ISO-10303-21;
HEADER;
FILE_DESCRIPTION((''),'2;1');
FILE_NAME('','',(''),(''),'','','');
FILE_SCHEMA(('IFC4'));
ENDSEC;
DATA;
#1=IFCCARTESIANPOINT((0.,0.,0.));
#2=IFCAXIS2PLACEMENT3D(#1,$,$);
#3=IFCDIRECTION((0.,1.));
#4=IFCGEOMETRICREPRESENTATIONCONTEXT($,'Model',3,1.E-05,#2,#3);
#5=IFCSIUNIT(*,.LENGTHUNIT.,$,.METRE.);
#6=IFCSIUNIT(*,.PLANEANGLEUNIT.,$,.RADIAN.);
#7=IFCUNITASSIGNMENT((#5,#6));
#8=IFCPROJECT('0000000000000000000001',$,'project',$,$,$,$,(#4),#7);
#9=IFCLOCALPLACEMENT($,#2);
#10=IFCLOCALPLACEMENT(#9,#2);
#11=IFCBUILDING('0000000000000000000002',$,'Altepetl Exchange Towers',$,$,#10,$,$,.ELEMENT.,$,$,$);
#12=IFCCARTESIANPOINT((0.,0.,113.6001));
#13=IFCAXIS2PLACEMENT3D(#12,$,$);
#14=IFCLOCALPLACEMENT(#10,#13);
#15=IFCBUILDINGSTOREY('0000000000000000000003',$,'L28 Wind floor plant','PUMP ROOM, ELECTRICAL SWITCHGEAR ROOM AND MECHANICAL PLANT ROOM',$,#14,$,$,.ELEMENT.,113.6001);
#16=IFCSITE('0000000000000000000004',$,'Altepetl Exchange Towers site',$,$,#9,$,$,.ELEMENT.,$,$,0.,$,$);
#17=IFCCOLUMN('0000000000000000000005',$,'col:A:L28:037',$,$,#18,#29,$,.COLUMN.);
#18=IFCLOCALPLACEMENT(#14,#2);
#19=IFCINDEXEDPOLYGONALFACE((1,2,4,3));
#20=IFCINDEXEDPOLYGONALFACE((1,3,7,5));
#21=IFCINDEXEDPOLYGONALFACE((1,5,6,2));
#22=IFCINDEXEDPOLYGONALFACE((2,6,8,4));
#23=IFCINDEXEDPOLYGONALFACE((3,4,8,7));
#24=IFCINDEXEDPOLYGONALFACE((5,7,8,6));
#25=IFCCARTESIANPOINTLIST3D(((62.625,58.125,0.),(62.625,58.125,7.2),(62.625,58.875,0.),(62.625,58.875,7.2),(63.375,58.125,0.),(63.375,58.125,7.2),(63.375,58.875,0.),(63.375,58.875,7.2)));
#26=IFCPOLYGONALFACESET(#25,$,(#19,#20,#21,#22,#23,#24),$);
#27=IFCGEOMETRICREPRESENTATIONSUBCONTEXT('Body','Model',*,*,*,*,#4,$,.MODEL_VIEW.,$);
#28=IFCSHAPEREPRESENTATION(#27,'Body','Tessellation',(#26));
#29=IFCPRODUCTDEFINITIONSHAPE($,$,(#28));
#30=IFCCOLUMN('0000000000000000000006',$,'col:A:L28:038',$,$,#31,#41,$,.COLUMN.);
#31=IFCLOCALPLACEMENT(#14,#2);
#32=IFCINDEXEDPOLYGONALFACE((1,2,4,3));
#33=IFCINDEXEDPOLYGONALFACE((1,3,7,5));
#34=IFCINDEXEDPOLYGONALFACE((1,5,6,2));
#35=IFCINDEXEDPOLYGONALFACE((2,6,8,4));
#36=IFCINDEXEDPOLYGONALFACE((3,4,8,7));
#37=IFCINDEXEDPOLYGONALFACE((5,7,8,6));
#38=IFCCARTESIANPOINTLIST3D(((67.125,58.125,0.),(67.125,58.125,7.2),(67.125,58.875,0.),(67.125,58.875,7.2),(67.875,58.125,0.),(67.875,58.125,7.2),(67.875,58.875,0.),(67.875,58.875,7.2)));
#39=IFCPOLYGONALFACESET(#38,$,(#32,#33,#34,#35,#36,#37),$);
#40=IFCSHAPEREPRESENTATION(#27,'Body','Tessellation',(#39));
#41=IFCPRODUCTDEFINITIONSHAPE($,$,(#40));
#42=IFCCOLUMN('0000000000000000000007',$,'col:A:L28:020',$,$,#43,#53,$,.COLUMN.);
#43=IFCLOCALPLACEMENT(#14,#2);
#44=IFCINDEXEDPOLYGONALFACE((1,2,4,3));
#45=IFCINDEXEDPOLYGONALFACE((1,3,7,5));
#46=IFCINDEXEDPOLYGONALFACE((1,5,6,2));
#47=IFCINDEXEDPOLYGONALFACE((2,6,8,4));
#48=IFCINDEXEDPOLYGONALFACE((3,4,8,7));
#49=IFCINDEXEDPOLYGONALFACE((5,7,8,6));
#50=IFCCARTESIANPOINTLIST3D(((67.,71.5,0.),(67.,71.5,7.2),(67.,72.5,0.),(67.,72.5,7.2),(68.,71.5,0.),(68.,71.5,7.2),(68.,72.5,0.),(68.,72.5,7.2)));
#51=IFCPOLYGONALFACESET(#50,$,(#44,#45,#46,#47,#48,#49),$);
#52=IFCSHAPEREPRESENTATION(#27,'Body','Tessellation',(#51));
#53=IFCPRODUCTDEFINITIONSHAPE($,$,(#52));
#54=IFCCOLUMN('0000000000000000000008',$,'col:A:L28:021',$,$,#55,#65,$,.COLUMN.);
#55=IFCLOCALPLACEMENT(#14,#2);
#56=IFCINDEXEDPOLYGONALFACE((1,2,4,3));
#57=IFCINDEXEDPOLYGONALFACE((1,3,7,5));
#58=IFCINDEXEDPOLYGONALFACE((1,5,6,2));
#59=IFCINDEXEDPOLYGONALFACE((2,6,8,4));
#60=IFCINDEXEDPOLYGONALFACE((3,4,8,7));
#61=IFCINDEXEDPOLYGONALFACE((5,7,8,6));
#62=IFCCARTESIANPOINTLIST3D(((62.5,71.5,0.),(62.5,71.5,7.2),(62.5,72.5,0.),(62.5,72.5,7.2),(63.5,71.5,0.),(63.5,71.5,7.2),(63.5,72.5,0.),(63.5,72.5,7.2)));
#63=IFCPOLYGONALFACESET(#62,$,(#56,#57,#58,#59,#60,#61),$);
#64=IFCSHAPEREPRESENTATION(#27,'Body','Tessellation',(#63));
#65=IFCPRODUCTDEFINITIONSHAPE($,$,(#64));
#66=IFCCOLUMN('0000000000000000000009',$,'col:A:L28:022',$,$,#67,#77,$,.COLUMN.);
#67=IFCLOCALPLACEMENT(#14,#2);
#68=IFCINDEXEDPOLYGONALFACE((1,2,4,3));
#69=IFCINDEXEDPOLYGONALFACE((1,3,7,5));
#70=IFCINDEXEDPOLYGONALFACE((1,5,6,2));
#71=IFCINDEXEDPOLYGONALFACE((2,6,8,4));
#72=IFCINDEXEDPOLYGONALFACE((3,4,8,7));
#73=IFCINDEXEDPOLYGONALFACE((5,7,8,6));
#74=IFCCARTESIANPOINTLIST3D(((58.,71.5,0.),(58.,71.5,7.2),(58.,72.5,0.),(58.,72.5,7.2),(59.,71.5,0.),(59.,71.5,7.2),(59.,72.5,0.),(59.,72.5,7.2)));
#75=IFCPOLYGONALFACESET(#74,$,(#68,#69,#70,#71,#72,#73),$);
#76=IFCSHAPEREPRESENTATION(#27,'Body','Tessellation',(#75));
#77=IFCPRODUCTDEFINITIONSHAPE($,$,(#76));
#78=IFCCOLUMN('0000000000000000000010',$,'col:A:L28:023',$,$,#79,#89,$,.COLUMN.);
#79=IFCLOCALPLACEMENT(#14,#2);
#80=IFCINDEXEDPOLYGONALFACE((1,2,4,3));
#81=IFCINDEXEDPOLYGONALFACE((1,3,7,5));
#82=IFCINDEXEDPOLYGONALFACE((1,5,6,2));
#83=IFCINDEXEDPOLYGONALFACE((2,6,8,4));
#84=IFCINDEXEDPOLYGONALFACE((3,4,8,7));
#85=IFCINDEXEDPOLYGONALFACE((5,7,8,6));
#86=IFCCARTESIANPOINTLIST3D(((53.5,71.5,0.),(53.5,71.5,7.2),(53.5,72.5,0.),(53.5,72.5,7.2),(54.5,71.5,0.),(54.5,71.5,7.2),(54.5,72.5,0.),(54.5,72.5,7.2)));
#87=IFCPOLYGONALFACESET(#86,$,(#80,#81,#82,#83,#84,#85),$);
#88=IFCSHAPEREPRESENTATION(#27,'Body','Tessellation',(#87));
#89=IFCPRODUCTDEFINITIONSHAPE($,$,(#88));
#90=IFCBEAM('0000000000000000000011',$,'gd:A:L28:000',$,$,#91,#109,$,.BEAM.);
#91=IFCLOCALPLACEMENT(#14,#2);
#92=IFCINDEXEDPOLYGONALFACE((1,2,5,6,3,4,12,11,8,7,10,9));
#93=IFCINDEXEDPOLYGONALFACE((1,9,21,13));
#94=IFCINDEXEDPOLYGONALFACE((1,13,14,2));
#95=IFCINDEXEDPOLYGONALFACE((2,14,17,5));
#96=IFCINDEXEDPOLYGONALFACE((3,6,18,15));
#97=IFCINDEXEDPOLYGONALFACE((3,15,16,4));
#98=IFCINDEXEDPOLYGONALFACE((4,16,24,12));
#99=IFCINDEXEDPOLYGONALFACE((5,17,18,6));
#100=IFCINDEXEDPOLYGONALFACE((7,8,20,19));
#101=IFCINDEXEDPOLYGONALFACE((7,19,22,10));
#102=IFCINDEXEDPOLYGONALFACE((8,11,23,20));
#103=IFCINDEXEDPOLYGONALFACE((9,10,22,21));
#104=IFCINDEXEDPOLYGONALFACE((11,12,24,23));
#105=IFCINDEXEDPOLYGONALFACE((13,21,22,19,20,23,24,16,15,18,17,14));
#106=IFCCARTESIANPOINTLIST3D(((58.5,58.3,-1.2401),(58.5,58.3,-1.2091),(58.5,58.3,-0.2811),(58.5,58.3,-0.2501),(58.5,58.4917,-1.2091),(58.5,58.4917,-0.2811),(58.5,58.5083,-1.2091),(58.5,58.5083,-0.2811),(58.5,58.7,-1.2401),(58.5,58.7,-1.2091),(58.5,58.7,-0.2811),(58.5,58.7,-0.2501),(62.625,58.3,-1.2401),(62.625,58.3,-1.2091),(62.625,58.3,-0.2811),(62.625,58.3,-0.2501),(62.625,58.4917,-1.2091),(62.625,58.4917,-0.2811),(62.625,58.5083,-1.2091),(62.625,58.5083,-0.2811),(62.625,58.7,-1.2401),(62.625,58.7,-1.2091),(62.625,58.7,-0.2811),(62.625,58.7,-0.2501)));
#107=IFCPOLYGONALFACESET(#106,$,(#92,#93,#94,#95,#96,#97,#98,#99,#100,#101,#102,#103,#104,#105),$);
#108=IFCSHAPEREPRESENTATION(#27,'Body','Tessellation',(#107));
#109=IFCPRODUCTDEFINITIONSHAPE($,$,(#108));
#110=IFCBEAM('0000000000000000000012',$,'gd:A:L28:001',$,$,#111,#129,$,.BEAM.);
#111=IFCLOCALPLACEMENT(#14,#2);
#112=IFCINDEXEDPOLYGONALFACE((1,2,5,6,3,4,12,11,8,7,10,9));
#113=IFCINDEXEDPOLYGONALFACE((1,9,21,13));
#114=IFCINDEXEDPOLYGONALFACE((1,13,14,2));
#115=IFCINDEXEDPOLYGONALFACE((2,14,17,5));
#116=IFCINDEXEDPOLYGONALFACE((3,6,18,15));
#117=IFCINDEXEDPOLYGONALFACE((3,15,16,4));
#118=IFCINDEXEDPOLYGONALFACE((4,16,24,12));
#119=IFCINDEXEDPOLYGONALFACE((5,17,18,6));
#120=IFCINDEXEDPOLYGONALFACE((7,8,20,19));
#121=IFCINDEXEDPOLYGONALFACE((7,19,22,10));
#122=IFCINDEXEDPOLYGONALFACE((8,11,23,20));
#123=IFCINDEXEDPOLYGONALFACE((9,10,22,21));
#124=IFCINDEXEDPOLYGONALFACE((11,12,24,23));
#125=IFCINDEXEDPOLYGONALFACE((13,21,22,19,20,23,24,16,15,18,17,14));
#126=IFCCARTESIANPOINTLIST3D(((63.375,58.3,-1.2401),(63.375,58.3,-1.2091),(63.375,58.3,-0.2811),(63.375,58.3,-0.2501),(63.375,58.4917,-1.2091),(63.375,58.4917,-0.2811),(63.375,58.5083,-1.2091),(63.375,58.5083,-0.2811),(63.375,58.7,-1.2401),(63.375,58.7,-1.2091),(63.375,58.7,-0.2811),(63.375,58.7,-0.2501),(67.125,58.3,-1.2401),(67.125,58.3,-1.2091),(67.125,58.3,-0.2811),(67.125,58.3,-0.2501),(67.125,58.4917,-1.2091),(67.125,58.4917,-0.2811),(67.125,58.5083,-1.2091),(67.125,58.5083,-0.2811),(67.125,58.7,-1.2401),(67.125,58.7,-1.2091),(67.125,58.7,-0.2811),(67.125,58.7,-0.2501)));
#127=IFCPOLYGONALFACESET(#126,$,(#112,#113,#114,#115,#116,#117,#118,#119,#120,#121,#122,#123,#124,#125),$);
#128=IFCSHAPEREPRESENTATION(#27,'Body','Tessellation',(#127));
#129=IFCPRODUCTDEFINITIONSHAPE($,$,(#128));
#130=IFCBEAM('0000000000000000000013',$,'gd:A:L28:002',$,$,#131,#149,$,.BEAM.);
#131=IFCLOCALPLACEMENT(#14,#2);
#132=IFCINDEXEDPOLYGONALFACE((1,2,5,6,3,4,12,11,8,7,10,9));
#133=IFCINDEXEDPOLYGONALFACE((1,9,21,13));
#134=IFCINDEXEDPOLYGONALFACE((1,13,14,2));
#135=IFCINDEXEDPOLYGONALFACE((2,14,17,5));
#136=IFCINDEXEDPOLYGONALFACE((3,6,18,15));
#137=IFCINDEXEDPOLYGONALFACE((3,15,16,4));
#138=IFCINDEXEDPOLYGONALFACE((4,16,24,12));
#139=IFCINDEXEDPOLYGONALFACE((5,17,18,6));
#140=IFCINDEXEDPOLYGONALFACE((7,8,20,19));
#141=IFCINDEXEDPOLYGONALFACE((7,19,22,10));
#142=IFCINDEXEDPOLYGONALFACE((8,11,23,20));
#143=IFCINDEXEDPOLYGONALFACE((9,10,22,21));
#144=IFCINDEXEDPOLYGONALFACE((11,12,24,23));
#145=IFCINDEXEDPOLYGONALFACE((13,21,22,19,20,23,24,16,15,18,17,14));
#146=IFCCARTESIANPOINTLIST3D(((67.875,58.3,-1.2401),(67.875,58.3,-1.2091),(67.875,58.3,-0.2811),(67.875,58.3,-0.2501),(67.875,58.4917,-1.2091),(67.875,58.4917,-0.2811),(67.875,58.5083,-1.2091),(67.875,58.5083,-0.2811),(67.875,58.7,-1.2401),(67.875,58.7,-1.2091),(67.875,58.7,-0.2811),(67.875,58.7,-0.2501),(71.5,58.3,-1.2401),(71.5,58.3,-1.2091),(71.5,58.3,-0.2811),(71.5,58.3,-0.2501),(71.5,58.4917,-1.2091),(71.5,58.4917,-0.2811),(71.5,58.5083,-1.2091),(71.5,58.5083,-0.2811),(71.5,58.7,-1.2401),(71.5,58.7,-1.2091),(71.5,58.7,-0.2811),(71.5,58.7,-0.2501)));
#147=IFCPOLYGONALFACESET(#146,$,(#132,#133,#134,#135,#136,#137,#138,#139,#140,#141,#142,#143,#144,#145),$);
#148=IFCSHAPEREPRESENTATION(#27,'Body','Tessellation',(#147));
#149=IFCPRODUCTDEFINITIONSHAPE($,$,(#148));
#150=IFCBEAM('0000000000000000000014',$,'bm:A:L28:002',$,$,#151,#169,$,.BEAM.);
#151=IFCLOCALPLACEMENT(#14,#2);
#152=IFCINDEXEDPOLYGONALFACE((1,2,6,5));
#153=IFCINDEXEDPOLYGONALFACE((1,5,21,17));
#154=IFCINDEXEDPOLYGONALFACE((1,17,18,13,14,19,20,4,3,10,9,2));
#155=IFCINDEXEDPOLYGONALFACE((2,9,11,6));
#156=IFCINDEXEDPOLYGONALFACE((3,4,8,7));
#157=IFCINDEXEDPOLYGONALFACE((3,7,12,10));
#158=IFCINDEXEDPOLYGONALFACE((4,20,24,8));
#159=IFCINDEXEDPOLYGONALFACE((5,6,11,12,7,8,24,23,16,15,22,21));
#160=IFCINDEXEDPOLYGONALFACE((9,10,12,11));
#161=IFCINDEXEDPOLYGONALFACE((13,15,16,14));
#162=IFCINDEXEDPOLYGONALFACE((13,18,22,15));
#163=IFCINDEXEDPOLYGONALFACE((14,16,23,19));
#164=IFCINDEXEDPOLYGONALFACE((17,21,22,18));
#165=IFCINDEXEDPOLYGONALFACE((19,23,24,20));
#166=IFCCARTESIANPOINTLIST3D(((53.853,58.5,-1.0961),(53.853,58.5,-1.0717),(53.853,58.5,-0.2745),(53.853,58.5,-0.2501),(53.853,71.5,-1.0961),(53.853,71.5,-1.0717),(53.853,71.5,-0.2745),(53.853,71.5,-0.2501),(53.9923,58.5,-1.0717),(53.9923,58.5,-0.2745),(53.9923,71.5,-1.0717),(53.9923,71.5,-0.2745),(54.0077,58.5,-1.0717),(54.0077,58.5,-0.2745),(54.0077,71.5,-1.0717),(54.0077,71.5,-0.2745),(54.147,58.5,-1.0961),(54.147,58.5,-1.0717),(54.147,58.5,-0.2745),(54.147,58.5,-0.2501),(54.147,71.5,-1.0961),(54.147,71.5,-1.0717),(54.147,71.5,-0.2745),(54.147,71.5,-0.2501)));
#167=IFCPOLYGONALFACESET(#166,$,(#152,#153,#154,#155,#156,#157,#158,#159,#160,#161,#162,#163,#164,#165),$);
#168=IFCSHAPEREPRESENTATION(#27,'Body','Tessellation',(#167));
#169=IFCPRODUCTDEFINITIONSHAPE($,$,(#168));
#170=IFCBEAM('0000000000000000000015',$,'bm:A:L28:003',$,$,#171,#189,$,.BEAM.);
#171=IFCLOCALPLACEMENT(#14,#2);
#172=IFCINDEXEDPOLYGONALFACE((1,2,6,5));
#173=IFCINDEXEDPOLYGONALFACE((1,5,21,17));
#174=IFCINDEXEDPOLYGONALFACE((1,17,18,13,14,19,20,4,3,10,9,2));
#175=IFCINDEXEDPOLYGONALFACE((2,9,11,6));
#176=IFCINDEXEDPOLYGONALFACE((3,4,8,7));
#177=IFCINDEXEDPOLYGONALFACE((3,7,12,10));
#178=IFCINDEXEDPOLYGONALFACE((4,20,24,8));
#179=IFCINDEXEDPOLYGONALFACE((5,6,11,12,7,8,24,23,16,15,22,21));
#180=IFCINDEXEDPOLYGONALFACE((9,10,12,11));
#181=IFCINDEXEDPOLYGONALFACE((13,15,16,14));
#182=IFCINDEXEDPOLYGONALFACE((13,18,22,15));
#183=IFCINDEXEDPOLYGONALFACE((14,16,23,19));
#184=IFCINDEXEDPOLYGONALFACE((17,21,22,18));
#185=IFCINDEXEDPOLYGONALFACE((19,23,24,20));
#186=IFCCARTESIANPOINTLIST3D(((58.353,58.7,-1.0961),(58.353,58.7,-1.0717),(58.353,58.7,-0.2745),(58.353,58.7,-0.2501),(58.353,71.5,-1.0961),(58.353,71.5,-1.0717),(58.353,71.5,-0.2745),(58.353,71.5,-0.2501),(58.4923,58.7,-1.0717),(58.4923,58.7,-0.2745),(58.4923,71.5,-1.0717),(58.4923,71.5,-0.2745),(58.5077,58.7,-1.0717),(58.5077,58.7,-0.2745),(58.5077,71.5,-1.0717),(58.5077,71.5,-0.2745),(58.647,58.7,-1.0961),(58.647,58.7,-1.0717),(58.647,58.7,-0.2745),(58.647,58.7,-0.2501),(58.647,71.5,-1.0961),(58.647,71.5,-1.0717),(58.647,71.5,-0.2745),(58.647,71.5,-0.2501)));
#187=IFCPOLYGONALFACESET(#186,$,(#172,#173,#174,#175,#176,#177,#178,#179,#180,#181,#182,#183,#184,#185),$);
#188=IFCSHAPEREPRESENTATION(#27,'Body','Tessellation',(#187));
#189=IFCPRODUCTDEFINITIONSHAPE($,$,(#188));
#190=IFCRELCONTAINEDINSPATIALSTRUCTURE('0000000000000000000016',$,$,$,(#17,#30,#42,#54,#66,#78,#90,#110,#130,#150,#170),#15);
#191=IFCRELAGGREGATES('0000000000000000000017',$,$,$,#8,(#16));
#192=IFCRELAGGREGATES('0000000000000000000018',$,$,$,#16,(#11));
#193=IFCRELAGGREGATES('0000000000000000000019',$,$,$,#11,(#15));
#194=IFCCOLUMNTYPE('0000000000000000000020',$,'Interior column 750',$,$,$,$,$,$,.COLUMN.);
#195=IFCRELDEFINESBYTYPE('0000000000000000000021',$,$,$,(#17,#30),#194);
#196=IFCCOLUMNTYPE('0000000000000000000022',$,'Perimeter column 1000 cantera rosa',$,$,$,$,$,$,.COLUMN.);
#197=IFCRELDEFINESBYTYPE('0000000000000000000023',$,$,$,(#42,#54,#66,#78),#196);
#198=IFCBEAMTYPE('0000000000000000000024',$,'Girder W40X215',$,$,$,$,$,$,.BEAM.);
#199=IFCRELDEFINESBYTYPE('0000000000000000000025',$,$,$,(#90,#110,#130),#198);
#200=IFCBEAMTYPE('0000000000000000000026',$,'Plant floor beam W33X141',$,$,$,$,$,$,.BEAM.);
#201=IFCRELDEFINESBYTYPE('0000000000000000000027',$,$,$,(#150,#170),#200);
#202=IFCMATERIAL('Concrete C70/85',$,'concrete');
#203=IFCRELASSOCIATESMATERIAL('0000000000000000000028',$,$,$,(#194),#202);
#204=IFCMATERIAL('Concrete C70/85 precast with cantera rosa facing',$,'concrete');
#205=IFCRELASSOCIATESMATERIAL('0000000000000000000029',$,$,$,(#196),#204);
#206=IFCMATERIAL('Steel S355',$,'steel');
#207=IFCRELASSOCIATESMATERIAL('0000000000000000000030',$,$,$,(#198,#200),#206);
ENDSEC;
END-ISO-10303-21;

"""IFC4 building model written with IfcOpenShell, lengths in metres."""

from ifc_helpers import new_model, si_unit, direction, frame, origin, origin_2d, place, context, subcontext, project, spatial, rectangle, i_section, extrude, material, material_profile, profile_set, type_object, element, save


model = new_model("IFC4")

# Units and contexts
model_context = context("Model", 3, precision=1e-05, world=origin(), true_north=direction((0.0, 1.0)))
body_context = subcontext(model_context, "Body", "Model", "MODEL_VIEW")
ifc_project = project(units=[si_unit("LENGTHUNIT", "METRE"), si_unit("PLANEANGLEUNIT", "RADIAN")], contexts=[model_context])

# Site, building, storey
site_placement = place(None, origin())
site = spatial("IfcSite", under=ifc_project, at=site_placement, Name="Altepetl Exchange Towers site", CompositionType="ELEMENT", RefElevation=0.0)
building_placement = place(site_placement, origin())
building = spatial("IfcBuilding", under=site, at=building_placement, Name="Altepetl Exchange Towers", CompositionType="ELEMENT")
storey_placement = place(building_placement, frame((0.0, 0.0, 113.6001)))
storey = spatial("IfcBuildingStorey", under=building, at=storey_placement, Name="L28 Wind floor plant", Description="PUMP ROOM, ELECTRICAL SWITCHGEAR ROOM AND MECHANICAL PLANT ROOM", CompositionType="ELEMENT", Elevation=113.6001)

# Columns
ifc_material_1 = material(Name="Concrete C70/85", Category="concrete")
ifc_material_profile_1 = material_profile(ifc_material_1, rectangle(XDim=0.75, YDim=0.75, at=origin_2d()), Name="750 x 750")
ifc_profile_set_1 = profile_set([ifc_material_profile_1], Name="Concrete C70/85")
column_type_1 = type_object("IfcColumnType", Name="Interior column 750", PredefinedType="COLUMN", material=ifc_profile_set_1)
for number, where, name in (
    (1, (63.0, 58.5, 0.0), "col:A:L28:037"),
    (2, (67.5, 58.5, 0.0), "col:A:L28:038"),
):
    element("IfcColumn", number, at=place(storey_placement, frame(where)), inside=storey, type_object=column_type_1, Name=name, PredefinedType="COLUMN", context=body_context, shape_type="SweptSolid", body=[
        extrude(rectangle(XDim=0.75, YDim=0.75, at=origin_2d()), origin(), (0.0, 0.0, 1.0), 7.2),
    ])
ifc_material_2 = material(Name="Concrete C70/85 precast with cantera rosa facing", Category="concrete")
ifc_material_profile_2 = material_profile(ifc_material_2, rectangle(XDim=1.0, YDim=1.0, at=origin_2d()), Name="1000 x 1000")
ifc_profile_set_2 = profile_set([ifc_material_profile_2], Name="Concrete C70/85 precast with cantera rosa facing")
column_type_2 = type_object("IfcColumnType", Name="Perimeter column 1000 cantera rosa", PredefinedType="COLUMN", material=ifc_profile_set_2)
for number, where, name in (
    (3, (67.5, 72.0, 0.0), "col:A:L28:020"),
    (4, (63.0, 72.0, 0.0), "col:A:L28:021"),
    (5, (58.5, 72.0, 0.0), "col:A:L28:022"),
    (6, (54.0, 72.0, 0.0), "col:A:L28:023"),
):
    element("IfcColumn", number, at=place(storey_placement, frame(where)), inside=storey, type_object=column_type_2, Name=name, PredefinedType="COLUMN", context=body_context, shape_type="SweptSolid", body=[
        extrude(rectangle(XDim=1.0, YDim=1.0, at=origin_2d()), origin(), (0.0, 0.0, 1.0), 7.2),
    ])

# Beams
ifc_material_3 = material(Name="Steel S355", Category="steel")
ifc_material_profile_3 = material_profile(ifc_material_3, i_section(OverallWidth=0.3999, OverallDepth=0.99, WebThickness=0.0166, FlangeThickness=0.031, at=origin_2d()), Name="W40X215")
ifc_profile_set_3 = profile_set([ifc_material_profile_3], Name="Steel S355")
beam_type_1 = type_object("IfcBeamType", Name="Girder W40X215", PredefinedType="BEAM", material=ifc_profile_set_3)
beam_1_placement = place(storey_placement, frame((58.5, 58.5, -0.7451), z_axis=(1.0, 0.0, 0.0), x_axis=(0.0, 1.0, 0.0)))
element("IfcBeam", 7, at=beam_1_placement, inside=storey, type_object=beam_type_1, Name="gd:A:L28:000", PredefinedType="BEAM", context=body_context, shape_type="SweptSolid", body=[
    extrude(i_section(OverallWidth=0.3999, OverallDepth=0.99, WebThickness=0.0166, FlangeThickness=0.031, at=origin_2d()), origin(), (0.0, 0.0, 1.0), 4.125),
])
beam_2_placement = place(storey_placement, frame((63.375, 58.5, -0.7451), z_axis=(1.0, 0.0, 0.0), x_axis=(0.0, 1.0, 0.0)))
element("IfcBeam", 8, at=beam_2_placement, inside=storey, type_object=beam_type_1, Name="gd:A:L28:001", PredefinedType="BEAM", context=body_context, shape_type="SweptSolid", body=[
    extrude(i_section(OverallWidth=0.3999, OverallDepth=0.99, WebThickness=0.0166, FlangeThickness=0.031, at=origin_2d()), origin(), (0.0, 0.0, 1.0), 3.75),
])
beam_3_placement = place(storey_placement, frame((67.875, 58.5, -0.7451), z_axis=(1.0, 0.0, 0.0), x_axis=(0.0, 1.0, 0.0)))
element("IfcBeam", 9, at=beam_3_placement, inside=storey, type_object=beam_type_1, Name="gd:A:L28:002", PredefinedType="BEAM", context=body_context, shape_type="SweptSolid", body=[
    extrude(i_section(OverallWidth=0.3999, OverallDepth=0.99, WebThickness=0.0166, FlangeThickness=0.031, at=origin_2d()), origin(), (0.0, 0.0, 1.0), 3.625),
])
ifc_material_profile_4 = material_profile(ifc_material_3, i_section(OverallWidth=0.2939, OverallDepth=0.8459, WebThickness=0.0154, FlangeThickness=0.0244, at=origin_2d()), Name="W33X141")
ifc_profile_set_4 = profile_set([ifc_material_profile_4], Name="Steel S355")
beam_type_2 = type_object("IfcBeamType", Name="Plant floor beam W33X141", PredefinedType="BEAM", material=ifc_profile_set_4)
beam_4_placement = place(storey_placement, frame((54.0, 58.5, -0.6731), z_axis=(0.0, 1.0, 0.0), x_axis=(-1.0, 0.0, 0.0)))
element("IfcBeam", 10, at=beam_4_placement, inside=storey, type_object=beam_type_2, Name="bm:A:L28:002", PredefinedType="BEAM", context=body_context, shape_type="SweptSolid", body=[
    extrude(i_section(OverallWidth=0.2939, OverallDepth=0.8459, WebThickness=0.0154, FlangeThickness=0.0244, at=origin_2d()), origin(), (0.0, 0.0, 1.0), 13.0),
])
beam_5_placement = place(storey_placement, frame((58.5, 58.7, -0.6731), z_axis=(0.0, 1.0, 0.0), x_axis=(-1.0, 0.0, 0.0)))
element("IfcBeam", 11, at=beam_5_placement, inside=storey, type_object=beam_type_2, Name="bm:A:L28:003", PredefinedType="BEAM", context=body_context, shape_type="SweptSolid", body=[
    extrude(i_section(OverallWidth=0.2939, OverallDepth=0.8459, WebThickness=0.0154, FlangeThickness=0.0244, at=origin_2d()), origin(), (0.0, 0.0, 1.0), 12.8),
])

save(model, "model.ifc")
